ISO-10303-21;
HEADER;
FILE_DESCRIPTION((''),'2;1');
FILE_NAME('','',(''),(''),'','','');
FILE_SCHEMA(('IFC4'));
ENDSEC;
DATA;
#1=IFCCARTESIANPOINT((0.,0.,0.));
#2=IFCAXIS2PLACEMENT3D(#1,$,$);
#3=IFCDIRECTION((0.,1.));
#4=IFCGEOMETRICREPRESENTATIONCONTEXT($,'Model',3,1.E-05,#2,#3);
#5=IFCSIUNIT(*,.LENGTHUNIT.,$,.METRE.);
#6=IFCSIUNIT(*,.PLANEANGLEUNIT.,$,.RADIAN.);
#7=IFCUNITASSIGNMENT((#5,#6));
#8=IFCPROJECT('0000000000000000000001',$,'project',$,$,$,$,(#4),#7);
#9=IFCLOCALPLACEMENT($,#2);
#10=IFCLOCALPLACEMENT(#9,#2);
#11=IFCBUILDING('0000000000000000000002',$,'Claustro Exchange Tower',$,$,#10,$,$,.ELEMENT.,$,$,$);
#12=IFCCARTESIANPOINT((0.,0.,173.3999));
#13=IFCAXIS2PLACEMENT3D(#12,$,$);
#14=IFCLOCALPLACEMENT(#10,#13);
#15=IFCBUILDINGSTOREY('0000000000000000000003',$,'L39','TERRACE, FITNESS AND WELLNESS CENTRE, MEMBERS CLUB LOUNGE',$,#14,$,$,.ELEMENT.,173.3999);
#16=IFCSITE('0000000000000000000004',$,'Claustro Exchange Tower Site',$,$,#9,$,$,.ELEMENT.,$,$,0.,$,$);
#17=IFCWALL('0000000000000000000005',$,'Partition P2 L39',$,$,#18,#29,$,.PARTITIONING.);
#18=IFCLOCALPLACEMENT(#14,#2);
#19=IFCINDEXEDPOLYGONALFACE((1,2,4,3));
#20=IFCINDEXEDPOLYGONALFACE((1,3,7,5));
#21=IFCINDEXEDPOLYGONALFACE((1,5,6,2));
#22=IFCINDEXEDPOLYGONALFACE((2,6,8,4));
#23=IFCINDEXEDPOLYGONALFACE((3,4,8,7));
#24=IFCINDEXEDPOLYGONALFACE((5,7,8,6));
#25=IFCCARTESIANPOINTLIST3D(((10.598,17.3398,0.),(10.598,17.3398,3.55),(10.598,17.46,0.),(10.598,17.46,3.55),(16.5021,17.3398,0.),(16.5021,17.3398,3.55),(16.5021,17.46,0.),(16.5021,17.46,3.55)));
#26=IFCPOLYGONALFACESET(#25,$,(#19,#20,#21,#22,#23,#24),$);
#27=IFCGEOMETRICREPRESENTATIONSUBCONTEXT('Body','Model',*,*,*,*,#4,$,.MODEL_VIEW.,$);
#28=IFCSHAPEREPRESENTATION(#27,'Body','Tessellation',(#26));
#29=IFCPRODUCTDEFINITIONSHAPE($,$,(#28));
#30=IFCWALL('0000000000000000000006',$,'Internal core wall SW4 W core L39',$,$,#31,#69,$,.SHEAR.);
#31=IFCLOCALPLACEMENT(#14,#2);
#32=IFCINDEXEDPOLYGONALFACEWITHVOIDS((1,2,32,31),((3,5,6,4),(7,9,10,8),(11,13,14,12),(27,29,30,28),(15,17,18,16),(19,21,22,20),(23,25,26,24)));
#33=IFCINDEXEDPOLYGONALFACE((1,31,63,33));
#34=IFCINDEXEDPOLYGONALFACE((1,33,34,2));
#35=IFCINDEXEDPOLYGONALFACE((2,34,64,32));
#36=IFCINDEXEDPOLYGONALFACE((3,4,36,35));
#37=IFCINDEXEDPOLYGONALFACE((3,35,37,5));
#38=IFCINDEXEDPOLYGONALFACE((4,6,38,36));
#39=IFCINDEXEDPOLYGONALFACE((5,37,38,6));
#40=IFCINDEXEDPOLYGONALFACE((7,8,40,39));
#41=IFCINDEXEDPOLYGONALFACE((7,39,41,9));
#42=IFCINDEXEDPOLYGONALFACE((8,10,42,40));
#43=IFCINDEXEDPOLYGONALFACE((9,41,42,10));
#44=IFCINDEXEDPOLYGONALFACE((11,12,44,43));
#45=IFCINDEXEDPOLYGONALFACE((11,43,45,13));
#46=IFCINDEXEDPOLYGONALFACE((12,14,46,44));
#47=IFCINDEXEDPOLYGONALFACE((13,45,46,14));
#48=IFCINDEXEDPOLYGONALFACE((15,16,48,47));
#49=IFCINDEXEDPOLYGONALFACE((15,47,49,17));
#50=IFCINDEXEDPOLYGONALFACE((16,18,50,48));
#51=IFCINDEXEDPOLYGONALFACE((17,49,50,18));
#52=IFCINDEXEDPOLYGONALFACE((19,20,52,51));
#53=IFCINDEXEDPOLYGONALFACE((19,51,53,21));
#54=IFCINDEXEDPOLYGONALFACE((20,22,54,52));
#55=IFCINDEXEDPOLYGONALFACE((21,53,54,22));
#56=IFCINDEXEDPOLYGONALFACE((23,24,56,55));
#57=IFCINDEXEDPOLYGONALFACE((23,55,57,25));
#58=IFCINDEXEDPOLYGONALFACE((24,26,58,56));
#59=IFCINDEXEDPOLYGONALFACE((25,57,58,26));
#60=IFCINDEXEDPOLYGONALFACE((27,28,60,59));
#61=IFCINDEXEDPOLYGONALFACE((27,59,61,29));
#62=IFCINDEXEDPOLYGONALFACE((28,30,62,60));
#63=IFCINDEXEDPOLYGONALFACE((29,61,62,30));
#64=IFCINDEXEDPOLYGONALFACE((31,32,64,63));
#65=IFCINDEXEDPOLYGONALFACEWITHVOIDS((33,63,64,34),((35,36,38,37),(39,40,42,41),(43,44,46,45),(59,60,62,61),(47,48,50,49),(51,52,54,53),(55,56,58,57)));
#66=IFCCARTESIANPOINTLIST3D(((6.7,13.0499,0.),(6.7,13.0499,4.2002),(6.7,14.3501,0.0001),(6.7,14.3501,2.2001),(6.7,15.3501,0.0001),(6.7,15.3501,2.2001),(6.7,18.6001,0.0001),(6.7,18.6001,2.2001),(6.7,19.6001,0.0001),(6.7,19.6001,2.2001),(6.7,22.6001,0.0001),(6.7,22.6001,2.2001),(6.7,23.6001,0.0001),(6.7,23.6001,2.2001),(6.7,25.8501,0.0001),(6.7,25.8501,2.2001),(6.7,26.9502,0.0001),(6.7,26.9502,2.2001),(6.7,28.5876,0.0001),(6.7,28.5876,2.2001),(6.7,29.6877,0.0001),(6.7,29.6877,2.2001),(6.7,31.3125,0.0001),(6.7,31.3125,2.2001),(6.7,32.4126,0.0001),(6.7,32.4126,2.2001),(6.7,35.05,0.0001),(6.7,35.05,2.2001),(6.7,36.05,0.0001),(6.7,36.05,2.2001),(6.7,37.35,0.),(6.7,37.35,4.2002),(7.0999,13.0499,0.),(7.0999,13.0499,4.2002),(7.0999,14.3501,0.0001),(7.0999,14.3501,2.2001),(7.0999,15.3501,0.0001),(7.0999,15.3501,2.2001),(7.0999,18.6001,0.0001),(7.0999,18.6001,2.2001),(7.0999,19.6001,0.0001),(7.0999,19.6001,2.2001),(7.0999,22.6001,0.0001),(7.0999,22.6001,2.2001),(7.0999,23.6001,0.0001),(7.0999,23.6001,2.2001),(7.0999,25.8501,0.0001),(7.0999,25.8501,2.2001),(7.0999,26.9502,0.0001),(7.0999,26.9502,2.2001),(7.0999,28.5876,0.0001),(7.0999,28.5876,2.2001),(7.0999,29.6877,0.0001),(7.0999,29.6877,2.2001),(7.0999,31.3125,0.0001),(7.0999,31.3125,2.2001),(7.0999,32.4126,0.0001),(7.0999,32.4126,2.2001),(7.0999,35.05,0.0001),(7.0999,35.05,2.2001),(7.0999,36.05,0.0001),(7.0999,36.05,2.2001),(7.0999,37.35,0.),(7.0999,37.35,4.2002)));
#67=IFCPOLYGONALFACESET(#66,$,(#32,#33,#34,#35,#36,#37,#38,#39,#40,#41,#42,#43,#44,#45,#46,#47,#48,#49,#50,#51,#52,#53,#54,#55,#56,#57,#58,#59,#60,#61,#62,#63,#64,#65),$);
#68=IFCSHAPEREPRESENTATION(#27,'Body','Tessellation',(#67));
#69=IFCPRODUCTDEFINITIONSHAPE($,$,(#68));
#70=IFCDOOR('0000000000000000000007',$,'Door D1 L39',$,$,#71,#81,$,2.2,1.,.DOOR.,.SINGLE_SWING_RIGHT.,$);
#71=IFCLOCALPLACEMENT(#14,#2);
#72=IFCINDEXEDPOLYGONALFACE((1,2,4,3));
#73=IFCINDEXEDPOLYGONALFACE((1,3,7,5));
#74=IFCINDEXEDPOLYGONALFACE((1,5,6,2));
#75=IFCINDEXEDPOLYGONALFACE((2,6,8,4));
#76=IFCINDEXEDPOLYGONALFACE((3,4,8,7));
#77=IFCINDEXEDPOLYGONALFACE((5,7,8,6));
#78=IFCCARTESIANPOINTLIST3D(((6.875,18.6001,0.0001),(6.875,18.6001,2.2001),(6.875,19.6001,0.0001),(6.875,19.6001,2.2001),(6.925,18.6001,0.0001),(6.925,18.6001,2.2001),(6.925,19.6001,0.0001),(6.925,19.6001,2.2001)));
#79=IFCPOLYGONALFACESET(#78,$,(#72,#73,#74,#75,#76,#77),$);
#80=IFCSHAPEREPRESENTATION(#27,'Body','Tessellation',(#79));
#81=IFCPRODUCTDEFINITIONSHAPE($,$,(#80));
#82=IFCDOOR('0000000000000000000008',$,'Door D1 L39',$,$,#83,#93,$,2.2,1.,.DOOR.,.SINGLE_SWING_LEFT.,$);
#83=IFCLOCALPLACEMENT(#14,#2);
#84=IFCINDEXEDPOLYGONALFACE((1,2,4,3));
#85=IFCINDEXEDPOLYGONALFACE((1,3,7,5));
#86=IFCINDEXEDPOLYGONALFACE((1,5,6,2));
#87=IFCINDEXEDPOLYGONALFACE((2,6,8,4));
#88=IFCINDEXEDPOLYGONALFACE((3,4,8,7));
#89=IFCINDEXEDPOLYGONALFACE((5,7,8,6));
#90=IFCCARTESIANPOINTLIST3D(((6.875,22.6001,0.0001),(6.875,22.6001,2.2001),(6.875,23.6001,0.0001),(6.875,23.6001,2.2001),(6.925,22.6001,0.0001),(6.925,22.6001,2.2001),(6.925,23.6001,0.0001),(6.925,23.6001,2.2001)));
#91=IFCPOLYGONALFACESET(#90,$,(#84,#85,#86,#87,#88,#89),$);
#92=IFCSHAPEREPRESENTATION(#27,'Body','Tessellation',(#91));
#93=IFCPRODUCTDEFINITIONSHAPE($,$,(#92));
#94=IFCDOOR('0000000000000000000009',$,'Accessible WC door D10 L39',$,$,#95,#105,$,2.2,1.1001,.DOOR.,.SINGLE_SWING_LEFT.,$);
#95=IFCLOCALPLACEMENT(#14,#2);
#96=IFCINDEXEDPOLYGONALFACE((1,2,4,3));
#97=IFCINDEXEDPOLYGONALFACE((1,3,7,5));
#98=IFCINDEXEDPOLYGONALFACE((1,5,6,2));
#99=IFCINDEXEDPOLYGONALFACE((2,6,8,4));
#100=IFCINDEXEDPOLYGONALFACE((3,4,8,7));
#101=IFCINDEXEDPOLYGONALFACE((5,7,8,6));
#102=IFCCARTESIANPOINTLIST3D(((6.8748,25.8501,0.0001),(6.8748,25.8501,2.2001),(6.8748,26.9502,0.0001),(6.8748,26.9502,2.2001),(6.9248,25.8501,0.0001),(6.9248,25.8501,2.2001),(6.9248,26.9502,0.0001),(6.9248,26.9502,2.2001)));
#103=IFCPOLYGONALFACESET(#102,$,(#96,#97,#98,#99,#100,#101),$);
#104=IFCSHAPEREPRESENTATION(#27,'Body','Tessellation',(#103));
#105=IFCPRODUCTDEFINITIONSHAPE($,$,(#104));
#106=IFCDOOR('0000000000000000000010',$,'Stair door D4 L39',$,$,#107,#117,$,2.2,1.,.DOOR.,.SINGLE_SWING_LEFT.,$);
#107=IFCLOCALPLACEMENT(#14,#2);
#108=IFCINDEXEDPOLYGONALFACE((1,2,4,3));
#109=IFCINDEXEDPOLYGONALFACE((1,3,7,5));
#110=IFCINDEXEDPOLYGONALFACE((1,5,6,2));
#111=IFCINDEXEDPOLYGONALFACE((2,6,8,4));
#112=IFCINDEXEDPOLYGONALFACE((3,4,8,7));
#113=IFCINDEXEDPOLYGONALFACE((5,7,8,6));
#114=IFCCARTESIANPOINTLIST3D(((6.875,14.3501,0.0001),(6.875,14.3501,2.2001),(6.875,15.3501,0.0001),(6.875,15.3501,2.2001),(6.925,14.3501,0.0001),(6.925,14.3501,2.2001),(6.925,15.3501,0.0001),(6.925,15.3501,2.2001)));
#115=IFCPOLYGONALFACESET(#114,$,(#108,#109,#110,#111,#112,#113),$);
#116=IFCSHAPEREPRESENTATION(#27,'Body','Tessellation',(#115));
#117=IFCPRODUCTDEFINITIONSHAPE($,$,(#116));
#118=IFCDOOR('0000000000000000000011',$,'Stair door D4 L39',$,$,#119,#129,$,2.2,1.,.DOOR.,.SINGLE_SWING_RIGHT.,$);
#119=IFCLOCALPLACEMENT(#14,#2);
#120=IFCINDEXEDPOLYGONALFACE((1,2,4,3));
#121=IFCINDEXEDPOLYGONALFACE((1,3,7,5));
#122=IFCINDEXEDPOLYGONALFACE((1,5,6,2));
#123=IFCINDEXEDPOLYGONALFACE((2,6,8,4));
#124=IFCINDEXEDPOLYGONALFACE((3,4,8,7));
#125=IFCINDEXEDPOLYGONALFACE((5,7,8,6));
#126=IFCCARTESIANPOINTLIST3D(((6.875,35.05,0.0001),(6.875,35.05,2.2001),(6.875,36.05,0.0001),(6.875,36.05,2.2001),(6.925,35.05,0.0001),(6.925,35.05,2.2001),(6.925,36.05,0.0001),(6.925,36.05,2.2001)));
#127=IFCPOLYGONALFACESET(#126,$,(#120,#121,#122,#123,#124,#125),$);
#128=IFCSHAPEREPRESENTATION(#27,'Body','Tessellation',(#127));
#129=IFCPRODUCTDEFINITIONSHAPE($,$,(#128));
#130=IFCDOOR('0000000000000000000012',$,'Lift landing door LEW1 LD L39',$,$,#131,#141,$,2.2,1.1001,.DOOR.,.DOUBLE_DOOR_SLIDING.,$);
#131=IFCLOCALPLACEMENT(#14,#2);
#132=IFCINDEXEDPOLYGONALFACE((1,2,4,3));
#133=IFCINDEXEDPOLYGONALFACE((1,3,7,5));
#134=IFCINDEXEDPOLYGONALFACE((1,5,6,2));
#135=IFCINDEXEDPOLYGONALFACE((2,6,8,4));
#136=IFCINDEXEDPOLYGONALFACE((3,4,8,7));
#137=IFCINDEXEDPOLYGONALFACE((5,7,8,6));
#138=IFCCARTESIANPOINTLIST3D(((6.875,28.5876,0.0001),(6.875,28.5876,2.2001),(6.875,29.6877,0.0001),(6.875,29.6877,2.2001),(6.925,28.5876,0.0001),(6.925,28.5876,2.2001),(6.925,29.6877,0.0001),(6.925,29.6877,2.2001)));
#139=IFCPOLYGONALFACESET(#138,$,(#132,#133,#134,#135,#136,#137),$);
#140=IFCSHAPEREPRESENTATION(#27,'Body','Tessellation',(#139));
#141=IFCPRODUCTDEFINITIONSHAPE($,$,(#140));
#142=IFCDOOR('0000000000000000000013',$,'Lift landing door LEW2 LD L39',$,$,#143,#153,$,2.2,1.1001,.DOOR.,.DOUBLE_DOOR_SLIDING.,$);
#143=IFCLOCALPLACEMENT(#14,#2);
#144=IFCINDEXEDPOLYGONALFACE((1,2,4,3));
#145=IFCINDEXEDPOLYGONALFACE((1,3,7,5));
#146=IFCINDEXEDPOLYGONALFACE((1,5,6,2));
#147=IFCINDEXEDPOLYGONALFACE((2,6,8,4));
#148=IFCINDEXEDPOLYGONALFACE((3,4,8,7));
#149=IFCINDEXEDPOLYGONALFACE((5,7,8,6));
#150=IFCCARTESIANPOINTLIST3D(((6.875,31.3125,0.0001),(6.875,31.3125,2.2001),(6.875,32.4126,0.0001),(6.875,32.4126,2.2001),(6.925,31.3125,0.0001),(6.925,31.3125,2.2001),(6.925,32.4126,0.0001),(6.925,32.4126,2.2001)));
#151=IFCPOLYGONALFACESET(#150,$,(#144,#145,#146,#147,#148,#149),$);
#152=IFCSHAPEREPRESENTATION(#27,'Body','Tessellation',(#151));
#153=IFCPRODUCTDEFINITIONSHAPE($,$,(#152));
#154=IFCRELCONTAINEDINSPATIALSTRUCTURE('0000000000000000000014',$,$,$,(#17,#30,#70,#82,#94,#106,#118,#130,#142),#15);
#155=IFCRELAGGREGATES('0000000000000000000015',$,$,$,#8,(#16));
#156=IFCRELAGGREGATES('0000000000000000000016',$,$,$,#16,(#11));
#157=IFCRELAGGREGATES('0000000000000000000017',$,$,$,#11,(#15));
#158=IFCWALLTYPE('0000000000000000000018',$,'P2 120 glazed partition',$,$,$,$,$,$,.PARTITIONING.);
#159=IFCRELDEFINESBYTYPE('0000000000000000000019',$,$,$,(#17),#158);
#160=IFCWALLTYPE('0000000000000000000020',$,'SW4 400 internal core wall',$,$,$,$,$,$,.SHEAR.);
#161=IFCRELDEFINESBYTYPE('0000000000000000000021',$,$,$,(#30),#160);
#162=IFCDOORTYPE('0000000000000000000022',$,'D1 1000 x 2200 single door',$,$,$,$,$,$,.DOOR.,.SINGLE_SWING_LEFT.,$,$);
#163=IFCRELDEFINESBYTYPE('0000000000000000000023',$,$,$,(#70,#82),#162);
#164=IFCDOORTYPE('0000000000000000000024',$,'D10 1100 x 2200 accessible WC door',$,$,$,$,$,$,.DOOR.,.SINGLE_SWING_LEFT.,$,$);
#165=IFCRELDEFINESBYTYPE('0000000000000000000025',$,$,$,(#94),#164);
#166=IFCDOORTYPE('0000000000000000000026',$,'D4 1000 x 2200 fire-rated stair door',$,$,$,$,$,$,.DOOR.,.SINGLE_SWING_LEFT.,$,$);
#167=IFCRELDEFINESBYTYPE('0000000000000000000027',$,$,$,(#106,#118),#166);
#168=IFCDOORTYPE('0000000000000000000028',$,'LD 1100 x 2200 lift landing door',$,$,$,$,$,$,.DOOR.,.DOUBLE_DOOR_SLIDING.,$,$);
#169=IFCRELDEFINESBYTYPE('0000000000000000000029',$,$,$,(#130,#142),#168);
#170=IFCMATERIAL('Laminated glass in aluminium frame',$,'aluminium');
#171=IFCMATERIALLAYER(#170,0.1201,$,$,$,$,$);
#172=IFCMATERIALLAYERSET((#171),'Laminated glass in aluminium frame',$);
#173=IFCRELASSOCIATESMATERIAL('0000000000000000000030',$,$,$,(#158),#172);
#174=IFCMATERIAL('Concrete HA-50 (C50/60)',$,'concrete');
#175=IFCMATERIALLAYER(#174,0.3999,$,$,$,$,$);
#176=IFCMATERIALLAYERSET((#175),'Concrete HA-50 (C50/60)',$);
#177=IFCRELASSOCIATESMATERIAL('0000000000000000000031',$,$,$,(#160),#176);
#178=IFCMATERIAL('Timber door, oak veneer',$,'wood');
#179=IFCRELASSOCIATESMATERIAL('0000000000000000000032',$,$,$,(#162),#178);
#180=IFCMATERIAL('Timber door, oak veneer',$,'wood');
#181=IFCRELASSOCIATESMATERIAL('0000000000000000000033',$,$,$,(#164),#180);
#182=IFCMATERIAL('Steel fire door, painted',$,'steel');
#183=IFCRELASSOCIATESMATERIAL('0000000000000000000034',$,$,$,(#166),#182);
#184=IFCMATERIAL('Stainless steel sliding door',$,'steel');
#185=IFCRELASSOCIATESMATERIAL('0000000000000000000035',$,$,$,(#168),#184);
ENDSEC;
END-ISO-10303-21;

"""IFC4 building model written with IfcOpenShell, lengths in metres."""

from ifc_helpers import new_model, si_unit, direction, frame, frame_2d, origin, place, context, subcontext, project, spatial, rectangle, extrude, material, layer, layer_set, type_object, element, fill, save


model = new_model("IFC4")

# Units and contexts
model_context = context("Model", 3, precision=1e-05, world=origin(), true_north=direction((0.0, 1.0)))
body_context = subcontext(model_context, "Body", "Model", "MODEL_VIEW")
ifc_project = project(units=[si_unit("LENGTHUNIT", "METRE"), si_unit("PLANEANGLEUNIT", "RADIAN")], contexts=[model_context])

# Site, building, storey
site_placement = place(None, origin())
site = spatial("IfcSite", under=ifc_project, at=site_placement, Name="Claustro Exchange Tower Site", CompositionType="ELEMENT", RefElevation=0.0)
building_placement = place(site_placement, origin())
building = spatial("IfcBuilding", under=site, at=building_placement, Name="Claustro Exchange Tower", CompositionType="ELEMENT")
storey_placement = place(building_placement, frame((0.0, 0.0, 173.3999)))
storey = spatial("IfcBuildingStorey", under=building, at=storey_placement, Name="L39", Description="TERRACE, FITNESS AND WELLNESS CENTRE, MEMBERS CLUB LOUNGE", CompositionType="ELEMENT", Elevation=173.3999)

# Wall
ifc_material_1 = material(Name="Laminated glass in aluminium frame", Category="aluminium")
ifc_layer_1 = layer(ifc_material_1, 0.1201)
ifc_layer_set_1 = layer_set([ifc_layer_1], Name="Laminated glass in aluminium frame")
wall_type_1 = type_object("IfcWallType", Name="P2 120 glazed partition", PredefinedType="PARTITIONING", material=ifc_layer_set_1)
wall_1_placement = place(storey_placement, frame((10.5979, 17.3999, 0.0), z_axis=(0.0, 0.0, 1.0), x_axis=(1.0, 0.0, 0.0)))
element("IfcWall", 1, at=wall_1_placement, inside=storey, type_object=wall_type_1, Name="Partition P2 L39", PredefinedType="PARTITIONING", context=body_context, shape_type="SweptSolid", body=[
    extrude(rectangle(XDim=5.9041, YDim=0.1201, at=frame_2d((2.9521, 0.0))), origin(), (0.0, 0.0, 1.0), 3.55),
])

# Wall, openings, doors
ifc_material_2 = material(Name="Concrete HA-50 (C50/60)", Category="concrete")
ifc_layer_2 = layer(ifc_material_2, 0.3999)
ifc_layer_set_2 = layer_set([ifc_layer_2], Name="Concrete HA-50 (C50/60)")
wall_type_2 = type_object("IfcWallType", Name="SW4 400 internal core wall", PredefinedType="SHEAR", material=ifc_layer_set_2)
wall_2_placement = place(storey_placement, frame((6.8999, 13.05, 0.0), z_axis=(0.0, 0.0, 1.0), x_axis=(0.0, 1.0, 0.0)))
wall_2 = element("IfcWall", 2, at=wall_2_placement, inside=storey, type_object=wall_type_2, Name="Internal core wall SW4 W core L39", PredefinedType="SHEAR", context=body_context, shape_type="SweptSolid", body=[
    extrude(rectangle(XDim=24.3, YDim=0.3999, at=frame_2d((12.1499, 0.0))), origin(), (0.0, 0.0, 1.0), 4.2002),
])
opening_1_placement = place(wall_2_placement, frame((1.3, 0.0, 0.0)))
opening_1 = element("IfcOpeningElement", 3, at=opening_1_placement, cuts=wall_2, PredefinedType="OPENING", context=body_context, shape_type="SweptSolid", body=[
    extrude(rectangle(XDim=1.0, YDim=2.2, at=frame_2d((0.5, 1.1001))), frame((0.0, 0.21, 0.0), z_axis=(0.0, -1.0, 0.0), x_axis=(1.0, 0.0, 0.0)), (0.0, 0.0, 1.0), 0.4199),
])
opening_2_placement = place(wall_2_placement, frame((22.0, 0.0, 0.0)))
opening_2 = element("IfcOpeningElement", 4, at=opening_2_placement, cuts=wall_2, PredefinedType="OPENING", context=body_context, shape_type="SweptSolid", body=[
    extrude(rectangle(XDim=1.0, YDim=2.2, at=frame_2d((0.5, 1.1001))), frame((0.0, 0.21, 0.0), z_axis=(0.0, -1.0, 0.0), x_axis=(1.0, 0.0, 0.0)), (0.0, 0.0, 1.0), 0.4199),
])
opening_3_placement = place(wall_2_placement, frame((5.55, 0.0, 0.0)))
opening_3 = element("IfcOpeningElement", 5, at=opening_3_placement, cuts=wall_2, PredefinedType="OPENING", context=body_context, shape_type="SweptSolid", body=[
    extrude(rectangle(XDim=1.0, YDim=2.2, at=frame_2d((0.5, 1.1001))), frame((0.0, 0.21, 0.0), z_axis=(0.0, -1.0, 0.0), x_axis=(1.0, 0.0, 0.0)), (0.0, 0.0, 1.0), 0.4199),
])
opening_4_placement = place(wall_2_placement, frame((9.55, 0.0, 0.0)))
opening_4 = element("IfcOpeningElement", 6, at=opening_4_placement, cuts=wall_2, PredefinedType="OPENING", context=body_context, shape_type="SweptSolid", body=[
    extrude(rectangle(XDim=1.0, YDim=2.2, at=frame_2d((0.5, 1.1001))), frame((0.0, 0.21, 0.0), z_axis=(0.0, -1.0, 0.0), x_axis=(1.0, 0.0, 0.0)), (0.0, 0.0, 1.0), 0.4199),
])
opening_5_placement = place(wall_2_placement, frame((12.8, 0.0, 0.0)))
opening_5 = element("IfcOpeningElement", 7, at=opening_5_placement, cuts=wall_2, PredefinedType="OPENING", context=body_context, shape_type="SweptSolid", body=[
    extrude(rectangle(XDim=1.1001, YDim=2.2, at=frame_2d((0.55, 1.1001))), frame((0.0, 0.21, 0.0), z_axis=(0.0, -1.0, 0.0), x_axis=(1.0, 0.0, 0.0)), (0.0, 0.0, 1.0), 0.4199),
])
opening_6_placement = place(wall_2_placement, frame((15.5376, 0.0, 0.0)))
opening_6 = element("IfcOpeningElement", 8, at=opening_6_placement, cuts=wall_2, PredefinedType="OPENING", context=body_context, shape_type="SweptSolid", body=[
    extrude(rectangle(XDim=1.1001, YDim=2.2, at=frame_2d((0.55, 1.1001))), frame((0.0, 0.21, 0.0), z_axis=(0.0, -1.0, 0.0), x_axis=(1.0, 0.0, 0.0)), (0.0, 0.0, 1.0), 0.4199),
])
opening_7_placement = place(wall_2_placement, frame((18.2625, 0.0, 0.0)))
opening_7 = element("IfcOpeningElement", 9, at=opening_7_placement, cuts=wall_2, PredefinedType="OPENING", context=body_context, shape_type="SweptSolid", body=[
    extrude(rectangle(XDim=1.1001, YDim=2.2, at=frame_2d((0.55, 1.1001))), frame((0.0, 0.21, 0.0), z_axis=(0.0, -1.0, 0.0), x_axis=(1.0, 0.0, 0.0)), (0.0, 0.0, 1.0), 0.4199),
])
ifc_material_3 = material(Name="Timber door, oak veneer", Category="wood")
door_type_1 = type_object("IfcDoorType", Name="D1 1000 x 2200 single door", OperationType="SINGLE_SWING_LEFT", PredefinedType="DOOR", material=ifc_material_3)
door_1_placement = place(opening_3_placement, origin())
door_1 = element("IfcDoor", 10, at=door_1_placement, inside=storey, type_object=door_type_1, Name="Door D1 L39", OperationType="SINGLE_SWING_RIGHT", OverallHeight=2.2, OverallWidth=1.0, PredefinedType="DOOR", context=body_context, shape_type="SweptSolid", body=[
    extrude(rectangle(XDim=1.0, YDim=2.2, at=frame_2d((0.5, 1.1001))), frame((0.0, 0.0249, 0.0), z_axis=(0.0, -1.0, 0.0), x_axis=(1.0, 0.0, 0.0)), (0.0, 0.0, 1.0), 0.05),
])
fill(opening_3, door_1)
door_2_placement = place(opening_4_placement, origin())
door_2 = element("IfcDoor", 11, at=door_2_placement, inside=storey, type_object=door_type_1, Name="Door D1 L39", OperationType="SINGLE_SWING_LEFT", OverallHeight=2.2, OverallWidth=1.0, PredefinedType="DOOR", context=body_context, shape_type="SweptSolid", body=[
    extrude(rectangle(XDim=1.0, YDim=2.2, at=frame_2d((0.5, 1.1001))), frame((0.0, 0.0249, 0.0), z_axis=(0.0, -1.0, 0.0), x_axis=(1.0, 0.0, 0.0)), (0.0, 0.0, 1.0), 0.05),
])
fill(opening_4, door_2)
ifc_material_4 = material(Name="Timber door, oak veneer", Category="wood")
door_type_2 = type_object("IfcDoorType", Name="D10 1100 x 2200 accessible WC door", OperationType="SINGLE_SWING_LEFT", PredefinedType="DOOR", material=ifc_material_4)
door_3_placement = place(opening_5_placement, frame((1.1001, 0.0, 0.0), z_axis=(0.0, 0.0, 1.0), x_axis=(-1.0, 0.0, 0.0)))
door_3 = element("IfcDoor", 12, at=door_3_placement, inside=storey, type_object=door_type_2, Name="Accessible WC door D10 L39", OperationType="SINGLE_SWING_LEFT", OverallHeight=2.2, OverallWidth=1.1001, PredefinedType="DOOR", context=body_context, shape_type="SweptSolid", body=[
    extrude(rectangle(XDim=1.1001, YDim=2.2, at=frame_2d((0.55, 1.1001))), frame((0.0, 0.0249, 0.0), z_axis=(0.0, -1.0, 0.0), x_axis=(1.0, 0.0, 0.0)), (0.0, 0.0, 1.0), 0.05),
])
fill(opening_5, door_3)
ifc_material_5 = material(Name="Steel fire door, painted", Category="steel")
door_type_3 = type_object("IfcDoorType", Name="D4 1000 x 2200 fire-rated stair door", OperationType="SINGLE_SWING_LEFT", PredefinedType="DOOR", material=ifc_material_5)
door_4_placement = place(opening_1_placement, origin())
door_4 = element("IfcDoor", 13, at=door_4_placement, inside=storey, type_object=door_type_3, Name="Stair door D4 L39", OperationType="SINGLE_SWING_LEFT", OverallHeight=2.2, OverallWidth=1.0, PredefinedType="DOOR", context=body_context, shape_type="SweptSolid", body=[
    extrude(rectangle(XDim=1.0, YDim=2.2, at=frame_2d((0.5, 1.1001))), frame((0.0, 0.0249, 0.0), z_axis=(0.0, -1.0, 0.0), x_axis=(1.0, 0.0, 0.0)), (0.0, 0.0, 1.0), 0.05),
])
fill(opening_1, door_4)
door_5_placement = place(opening_2_placement, origin())
door_5 = element("IfcDoor", 14, at=door_5_placement, inside=storey, type_object=door_type_3, Name="Stair door D4 L39", OperationType="SINGLE_SWING_RIGHT", OverallHeight=2.2, OverallWidth=1.0, PredefinedType="DOOR", context=body_context, shape_type="SweptSolid", body=[
    extrude(rectangle(XDim=1.0, YDim=2.2, at=frame_2d((0.5, 1.1001))), frame((0.0, 0.0249, 0.0), z_axis=(0.0, -1.0, 0.0), x_axis=(1.0, 0.0, 0.0)), (0.0, 0.0, 1.0), 0.05),
])
fill(opening_2, door_5)
ifc_material_6 = material(Name="Stainless steel sliding door", Category="steel")
door_type_4 = type_object("IfcDoorType", Name="LD 1100 x 2200 lift landing door", OperationType="DOUBLE_DOOR_SLIDING", PredefinedType="DOOR", material=ifc_material_6)
door_6_placement = place(opening_6_placement, origin())
door_6 = element("IfcDoor", 15, at=door_6_placement, inside=storey, type_object=door_type_4, Name="Lift landing door LEW1 LD L39", OperationType="DOUBLE_DOOR_SLIDING", OverallHeight=2.2, OverallWidth=1.1001, PredefinedType="DOOR", context=body_context, shape_type="SweptSolid", body=[
    extrude(rectangle(XDim=1.1001, YDim=2.2, at=frame_2d((0.55, 1.1001))), frame((0.0, 0.0249, 0.0), z_axis=(0.0, -1.0, 0.0), x_axis=(1.0, 0.0, 0.0)), (0.0, 0.0, 1.0), 0.05),
])
fill(opening_6, door_6)
door_7_placement = place(opening_7_placement, origin())
door_7 = element("IfcDoor", 16, at=door_7_placement, inside=storey, type_object=door_type_4, Name="Lift landing door LEW2 LD L39", OperationType="DOUBLE_DOOR_SLIDING", OverallHeight=2.2, OverallWidth=1.1001, PredefinedType="DOOR", context=body_context, shape_type="SweptSolid", body=[
    extrude(rectangle(XDim=1.1001, YDim=2.2, at=frame_2d((0.55, 1.1001))), frame((0.0, 0.0249, 0.0), z_axis=(0.0, -1.0, 0.0), x_axis=(1.0, 0.0, 0.0)), (0.0, 0.0, 1.0), 0.05),
])
fill(opening_7, door_7)

save(model, "model.ifc")
